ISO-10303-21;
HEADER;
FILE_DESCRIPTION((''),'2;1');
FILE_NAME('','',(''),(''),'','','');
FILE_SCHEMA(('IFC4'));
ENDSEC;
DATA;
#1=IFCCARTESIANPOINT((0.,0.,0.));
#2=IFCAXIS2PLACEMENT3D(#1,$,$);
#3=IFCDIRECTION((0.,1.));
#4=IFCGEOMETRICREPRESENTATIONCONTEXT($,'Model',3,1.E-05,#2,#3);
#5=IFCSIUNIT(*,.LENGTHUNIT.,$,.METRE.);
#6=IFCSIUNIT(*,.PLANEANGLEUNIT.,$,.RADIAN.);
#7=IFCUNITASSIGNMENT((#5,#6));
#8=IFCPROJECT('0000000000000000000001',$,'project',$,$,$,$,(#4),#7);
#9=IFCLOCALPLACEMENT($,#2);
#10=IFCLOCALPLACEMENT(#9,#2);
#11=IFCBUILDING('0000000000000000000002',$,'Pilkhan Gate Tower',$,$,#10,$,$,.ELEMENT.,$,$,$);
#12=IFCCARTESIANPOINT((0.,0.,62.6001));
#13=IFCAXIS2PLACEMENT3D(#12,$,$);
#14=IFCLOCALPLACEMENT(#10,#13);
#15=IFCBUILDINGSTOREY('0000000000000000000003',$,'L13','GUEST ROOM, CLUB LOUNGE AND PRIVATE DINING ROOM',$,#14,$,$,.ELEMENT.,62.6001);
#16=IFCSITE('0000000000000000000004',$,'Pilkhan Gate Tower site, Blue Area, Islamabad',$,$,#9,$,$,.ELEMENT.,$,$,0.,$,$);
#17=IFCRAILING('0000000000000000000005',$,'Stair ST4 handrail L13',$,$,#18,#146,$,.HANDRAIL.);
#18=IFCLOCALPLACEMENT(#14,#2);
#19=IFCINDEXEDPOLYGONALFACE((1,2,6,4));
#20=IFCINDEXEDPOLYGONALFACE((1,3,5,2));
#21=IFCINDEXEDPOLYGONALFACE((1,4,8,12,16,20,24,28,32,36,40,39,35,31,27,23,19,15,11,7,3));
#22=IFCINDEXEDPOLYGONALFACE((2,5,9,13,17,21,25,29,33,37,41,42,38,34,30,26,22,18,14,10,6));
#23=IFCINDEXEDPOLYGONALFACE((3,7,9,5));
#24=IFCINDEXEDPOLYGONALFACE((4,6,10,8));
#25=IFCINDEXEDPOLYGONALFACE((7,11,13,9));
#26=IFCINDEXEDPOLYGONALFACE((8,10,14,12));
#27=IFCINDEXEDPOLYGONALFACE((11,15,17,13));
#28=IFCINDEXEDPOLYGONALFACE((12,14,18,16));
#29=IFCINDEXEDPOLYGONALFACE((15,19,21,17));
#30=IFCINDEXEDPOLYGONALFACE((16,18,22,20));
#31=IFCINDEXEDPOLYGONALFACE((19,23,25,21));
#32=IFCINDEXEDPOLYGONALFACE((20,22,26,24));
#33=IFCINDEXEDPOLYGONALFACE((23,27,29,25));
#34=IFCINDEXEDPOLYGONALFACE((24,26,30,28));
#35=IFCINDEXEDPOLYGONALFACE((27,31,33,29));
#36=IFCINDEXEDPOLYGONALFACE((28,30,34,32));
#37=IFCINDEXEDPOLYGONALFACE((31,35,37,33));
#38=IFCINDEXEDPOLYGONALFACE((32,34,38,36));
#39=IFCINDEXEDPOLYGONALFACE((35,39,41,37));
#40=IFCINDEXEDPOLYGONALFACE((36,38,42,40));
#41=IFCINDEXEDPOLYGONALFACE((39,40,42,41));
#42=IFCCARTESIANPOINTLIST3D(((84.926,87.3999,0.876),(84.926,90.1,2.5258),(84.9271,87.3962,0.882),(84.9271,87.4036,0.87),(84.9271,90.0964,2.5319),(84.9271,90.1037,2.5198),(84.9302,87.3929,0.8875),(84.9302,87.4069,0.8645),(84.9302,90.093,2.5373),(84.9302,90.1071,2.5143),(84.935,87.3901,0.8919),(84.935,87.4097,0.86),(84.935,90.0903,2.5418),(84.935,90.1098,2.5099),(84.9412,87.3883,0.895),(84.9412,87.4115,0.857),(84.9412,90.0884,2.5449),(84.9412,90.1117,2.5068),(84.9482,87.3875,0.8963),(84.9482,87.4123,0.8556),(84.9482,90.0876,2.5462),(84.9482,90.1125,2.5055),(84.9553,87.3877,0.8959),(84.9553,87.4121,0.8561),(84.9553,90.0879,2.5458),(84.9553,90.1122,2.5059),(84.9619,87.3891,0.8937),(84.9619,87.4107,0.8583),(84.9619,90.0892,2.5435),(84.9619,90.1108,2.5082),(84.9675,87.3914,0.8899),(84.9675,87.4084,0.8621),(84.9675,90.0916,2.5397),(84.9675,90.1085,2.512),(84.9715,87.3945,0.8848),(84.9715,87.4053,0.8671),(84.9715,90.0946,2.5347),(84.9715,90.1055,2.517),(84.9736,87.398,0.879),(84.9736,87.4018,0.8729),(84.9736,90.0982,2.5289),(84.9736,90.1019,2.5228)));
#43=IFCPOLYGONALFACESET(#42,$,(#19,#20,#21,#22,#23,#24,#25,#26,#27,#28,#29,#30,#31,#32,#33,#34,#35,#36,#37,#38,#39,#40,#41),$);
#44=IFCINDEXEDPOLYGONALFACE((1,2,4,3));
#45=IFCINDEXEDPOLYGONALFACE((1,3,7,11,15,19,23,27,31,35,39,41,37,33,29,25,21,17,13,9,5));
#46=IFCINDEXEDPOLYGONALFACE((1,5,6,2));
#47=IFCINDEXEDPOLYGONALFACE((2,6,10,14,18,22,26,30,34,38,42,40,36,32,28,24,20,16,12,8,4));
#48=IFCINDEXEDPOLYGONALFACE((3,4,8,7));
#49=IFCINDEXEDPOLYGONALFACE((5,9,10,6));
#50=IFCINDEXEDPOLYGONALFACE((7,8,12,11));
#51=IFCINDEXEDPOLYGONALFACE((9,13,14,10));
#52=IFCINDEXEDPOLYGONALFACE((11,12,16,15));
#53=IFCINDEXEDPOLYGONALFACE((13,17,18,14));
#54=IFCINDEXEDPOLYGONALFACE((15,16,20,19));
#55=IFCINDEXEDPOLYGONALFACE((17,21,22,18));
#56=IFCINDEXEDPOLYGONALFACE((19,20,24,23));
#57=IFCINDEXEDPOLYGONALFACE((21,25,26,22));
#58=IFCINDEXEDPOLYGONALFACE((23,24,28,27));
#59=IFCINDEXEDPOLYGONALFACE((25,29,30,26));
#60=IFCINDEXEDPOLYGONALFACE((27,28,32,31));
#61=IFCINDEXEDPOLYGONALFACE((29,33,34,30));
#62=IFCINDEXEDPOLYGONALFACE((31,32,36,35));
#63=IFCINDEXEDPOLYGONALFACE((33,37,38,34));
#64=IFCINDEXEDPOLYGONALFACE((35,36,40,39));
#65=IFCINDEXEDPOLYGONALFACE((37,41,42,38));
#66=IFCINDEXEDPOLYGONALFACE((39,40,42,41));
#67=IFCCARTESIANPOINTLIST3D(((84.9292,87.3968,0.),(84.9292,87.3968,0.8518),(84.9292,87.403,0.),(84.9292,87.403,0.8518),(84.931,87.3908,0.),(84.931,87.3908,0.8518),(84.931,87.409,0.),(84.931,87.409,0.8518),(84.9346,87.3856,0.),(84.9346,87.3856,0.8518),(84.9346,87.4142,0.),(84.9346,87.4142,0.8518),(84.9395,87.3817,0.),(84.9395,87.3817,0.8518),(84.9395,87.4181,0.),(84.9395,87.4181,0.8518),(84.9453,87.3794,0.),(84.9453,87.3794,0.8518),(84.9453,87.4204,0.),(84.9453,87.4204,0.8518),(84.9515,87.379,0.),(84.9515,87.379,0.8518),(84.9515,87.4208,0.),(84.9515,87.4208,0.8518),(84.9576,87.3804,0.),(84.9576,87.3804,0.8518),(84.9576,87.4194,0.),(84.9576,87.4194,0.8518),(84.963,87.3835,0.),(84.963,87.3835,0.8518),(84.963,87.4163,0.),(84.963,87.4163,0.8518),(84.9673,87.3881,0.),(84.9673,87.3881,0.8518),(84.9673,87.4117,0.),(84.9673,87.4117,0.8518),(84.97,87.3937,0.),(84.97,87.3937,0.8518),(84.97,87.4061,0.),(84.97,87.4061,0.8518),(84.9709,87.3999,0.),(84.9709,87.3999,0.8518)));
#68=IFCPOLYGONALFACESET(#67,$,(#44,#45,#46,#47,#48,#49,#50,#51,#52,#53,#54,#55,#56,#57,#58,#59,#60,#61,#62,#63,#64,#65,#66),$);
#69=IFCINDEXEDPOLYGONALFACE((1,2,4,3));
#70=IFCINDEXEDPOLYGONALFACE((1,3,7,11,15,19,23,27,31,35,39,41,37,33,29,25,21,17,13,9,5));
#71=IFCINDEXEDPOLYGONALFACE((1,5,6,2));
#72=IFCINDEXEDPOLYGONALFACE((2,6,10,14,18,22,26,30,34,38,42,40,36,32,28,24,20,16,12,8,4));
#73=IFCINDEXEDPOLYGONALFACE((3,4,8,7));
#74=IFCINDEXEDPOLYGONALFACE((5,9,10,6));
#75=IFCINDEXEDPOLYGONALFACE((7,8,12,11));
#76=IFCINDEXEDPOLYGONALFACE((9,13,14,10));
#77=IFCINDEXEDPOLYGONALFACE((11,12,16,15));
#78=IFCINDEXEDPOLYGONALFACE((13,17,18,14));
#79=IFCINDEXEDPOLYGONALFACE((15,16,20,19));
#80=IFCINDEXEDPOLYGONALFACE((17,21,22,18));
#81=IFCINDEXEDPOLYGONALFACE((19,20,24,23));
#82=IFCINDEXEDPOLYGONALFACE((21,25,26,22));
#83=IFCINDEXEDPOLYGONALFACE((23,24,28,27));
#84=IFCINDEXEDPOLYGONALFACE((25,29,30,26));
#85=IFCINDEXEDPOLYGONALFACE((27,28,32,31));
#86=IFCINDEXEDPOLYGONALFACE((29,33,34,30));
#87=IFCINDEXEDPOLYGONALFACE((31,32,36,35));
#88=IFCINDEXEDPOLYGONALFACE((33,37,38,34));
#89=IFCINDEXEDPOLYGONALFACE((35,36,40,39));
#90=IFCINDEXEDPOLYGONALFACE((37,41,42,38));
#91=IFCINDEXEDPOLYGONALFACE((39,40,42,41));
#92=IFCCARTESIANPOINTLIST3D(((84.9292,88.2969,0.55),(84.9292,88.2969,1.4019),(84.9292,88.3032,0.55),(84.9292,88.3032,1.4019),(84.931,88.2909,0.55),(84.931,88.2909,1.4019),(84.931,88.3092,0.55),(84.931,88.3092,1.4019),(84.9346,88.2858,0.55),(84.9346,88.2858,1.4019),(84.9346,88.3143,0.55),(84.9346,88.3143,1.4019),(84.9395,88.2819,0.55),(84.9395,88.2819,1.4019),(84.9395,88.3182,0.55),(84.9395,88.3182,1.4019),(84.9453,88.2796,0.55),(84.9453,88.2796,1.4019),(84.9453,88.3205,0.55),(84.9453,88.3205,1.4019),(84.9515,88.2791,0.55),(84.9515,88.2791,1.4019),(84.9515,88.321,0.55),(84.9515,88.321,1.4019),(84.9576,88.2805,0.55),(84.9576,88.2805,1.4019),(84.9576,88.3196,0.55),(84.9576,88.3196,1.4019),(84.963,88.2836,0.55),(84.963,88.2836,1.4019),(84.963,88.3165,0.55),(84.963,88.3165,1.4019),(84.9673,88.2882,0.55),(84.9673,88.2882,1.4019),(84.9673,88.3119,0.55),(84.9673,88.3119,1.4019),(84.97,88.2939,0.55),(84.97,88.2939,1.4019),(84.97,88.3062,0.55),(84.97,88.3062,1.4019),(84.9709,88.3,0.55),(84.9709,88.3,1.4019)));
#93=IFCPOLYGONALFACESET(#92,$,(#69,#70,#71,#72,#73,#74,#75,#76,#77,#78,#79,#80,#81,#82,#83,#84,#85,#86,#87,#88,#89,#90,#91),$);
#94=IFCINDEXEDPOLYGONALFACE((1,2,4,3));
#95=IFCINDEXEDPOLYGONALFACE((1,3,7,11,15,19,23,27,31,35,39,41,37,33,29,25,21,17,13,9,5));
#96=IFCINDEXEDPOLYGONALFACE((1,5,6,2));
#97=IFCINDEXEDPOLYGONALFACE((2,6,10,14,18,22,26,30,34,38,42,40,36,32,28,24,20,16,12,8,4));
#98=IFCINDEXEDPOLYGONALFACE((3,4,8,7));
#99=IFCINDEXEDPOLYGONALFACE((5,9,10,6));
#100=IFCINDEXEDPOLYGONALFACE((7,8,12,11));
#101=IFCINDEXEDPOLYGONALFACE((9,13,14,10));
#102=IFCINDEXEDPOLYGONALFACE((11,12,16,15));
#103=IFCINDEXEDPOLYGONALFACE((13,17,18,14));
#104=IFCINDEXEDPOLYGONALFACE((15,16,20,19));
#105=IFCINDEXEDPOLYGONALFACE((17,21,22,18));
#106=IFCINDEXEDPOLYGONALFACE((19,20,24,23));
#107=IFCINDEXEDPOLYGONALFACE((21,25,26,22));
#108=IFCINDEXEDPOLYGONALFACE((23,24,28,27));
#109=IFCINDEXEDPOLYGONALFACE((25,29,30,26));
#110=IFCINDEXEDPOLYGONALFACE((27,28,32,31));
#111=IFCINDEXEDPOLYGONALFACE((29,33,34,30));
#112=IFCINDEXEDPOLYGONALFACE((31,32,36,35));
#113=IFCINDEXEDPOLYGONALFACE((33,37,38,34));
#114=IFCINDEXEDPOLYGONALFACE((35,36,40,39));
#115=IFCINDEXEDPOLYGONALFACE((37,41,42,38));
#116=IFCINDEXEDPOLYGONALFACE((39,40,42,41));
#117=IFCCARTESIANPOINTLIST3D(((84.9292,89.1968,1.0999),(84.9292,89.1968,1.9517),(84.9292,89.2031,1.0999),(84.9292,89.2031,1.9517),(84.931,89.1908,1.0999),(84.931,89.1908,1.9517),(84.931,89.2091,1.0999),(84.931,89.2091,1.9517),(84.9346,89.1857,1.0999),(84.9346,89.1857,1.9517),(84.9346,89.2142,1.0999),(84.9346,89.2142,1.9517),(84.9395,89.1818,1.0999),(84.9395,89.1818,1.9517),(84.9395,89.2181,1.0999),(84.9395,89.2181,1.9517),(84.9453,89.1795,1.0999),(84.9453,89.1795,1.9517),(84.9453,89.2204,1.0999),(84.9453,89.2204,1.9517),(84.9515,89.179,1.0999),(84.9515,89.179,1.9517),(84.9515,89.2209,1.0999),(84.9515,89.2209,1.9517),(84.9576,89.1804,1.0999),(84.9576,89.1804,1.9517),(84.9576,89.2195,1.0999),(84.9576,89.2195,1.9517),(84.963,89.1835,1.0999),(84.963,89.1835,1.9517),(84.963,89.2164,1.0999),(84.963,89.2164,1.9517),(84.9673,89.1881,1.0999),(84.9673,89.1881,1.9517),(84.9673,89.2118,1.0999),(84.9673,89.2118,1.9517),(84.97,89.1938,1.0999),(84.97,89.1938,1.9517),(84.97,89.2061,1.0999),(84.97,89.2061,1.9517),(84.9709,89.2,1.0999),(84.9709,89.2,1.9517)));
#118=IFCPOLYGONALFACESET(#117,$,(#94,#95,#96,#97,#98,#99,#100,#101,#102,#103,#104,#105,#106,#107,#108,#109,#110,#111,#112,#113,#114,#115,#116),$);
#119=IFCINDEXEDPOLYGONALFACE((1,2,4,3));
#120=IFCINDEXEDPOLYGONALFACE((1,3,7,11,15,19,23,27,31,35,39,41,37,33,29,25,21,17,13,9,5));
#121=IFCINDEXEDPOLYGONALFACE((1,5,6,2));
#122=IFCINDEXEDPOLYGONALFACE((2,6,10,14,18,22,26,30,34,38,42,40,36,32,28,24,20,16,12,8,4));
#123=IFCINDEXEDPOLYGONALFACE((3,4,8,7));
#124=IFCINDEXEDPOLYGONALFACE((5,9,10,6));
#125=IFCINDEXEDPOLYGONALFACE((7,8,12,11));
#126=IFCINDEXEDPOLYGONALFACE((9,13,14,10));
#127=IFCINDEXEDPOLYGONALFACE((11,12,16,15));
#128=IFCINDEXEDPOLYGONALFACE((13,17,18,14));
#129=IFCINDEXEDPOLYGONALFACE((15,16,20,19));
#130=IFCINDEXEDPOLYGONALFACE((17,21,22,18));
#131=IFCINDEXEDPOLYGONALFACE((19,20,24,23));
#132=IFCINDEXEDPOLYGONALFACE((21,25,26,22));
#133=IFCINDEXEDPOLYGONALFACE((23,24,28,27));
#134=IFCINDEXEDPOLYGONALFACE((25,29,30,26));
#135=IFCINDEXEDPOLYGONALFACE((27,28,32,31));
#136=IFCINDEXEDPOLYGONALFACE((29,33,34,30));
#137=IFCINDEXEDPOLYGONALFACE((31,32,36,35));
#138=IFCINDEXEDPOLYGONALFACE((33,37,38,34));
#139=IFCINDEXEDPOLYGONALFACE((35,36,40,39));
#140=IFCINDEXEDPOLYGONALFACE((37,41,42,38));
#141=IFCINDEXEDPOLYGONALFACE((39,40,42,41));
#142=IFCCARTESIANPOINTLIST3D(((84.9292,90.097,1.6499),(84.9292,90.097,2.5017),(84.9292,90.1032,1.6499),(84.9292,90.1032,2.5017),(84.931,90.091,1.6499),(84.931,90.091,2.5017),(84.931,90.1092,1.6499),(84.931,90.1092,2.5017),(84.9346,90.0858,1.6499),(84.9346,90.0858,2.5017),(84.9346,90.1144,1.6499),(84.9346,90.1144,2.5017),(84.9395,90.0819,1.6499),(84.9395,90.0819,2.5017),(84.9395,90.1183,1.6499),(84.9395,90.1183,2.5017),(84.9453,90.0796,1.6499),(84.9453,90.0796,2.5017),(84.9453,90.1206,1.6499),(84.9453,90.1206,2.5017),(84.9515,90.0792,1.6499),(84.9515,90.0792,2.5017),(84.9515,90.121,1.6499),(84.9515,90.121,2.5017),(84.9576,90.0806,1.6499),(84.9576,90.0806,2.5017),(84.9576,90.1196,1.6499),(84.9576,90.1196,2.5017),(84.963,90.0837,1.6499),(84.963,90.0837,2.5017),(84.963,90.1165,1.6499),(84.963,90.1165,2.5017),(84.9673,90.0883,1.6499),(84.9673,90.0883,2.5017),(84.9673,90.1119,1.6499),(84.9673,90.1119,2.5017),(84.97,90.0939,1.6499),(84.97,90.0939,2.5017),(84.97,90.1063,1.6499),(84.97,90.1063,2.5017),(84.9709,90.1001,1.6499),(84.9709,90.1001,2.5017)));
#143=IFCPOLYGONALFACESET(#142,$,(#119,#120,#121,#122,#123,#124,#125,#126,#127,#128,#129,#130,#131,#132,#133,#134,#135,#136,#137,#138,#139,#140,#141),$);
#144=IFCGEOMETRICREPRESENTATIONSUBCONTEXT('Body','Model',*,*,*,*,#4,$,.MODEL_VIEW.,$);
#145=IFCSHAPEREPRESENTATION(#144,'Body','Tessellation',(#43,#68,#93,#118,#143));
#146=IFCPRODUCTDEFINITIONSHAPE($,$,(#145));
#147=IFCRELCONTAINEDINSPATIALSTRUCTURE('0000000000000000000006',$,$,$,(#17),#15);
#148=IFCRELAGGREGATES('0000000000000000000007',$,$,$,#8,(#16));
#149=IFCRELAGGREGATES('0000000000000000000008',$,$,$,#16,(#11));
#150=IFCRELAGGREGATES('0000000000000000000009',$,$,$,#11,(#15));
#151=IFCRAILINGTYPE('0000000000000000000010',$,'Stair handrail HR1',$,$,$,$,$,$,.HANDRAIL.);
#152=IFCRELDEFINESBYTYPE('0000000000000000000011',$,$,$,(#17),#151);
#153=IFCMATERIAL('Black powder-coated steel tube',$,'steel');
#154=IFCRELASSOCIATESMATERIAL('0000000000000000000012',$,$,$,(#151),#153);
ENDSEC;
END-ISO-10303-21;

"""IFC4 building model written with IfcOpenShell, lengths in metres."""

from ifc_helpers import new_model, si_unit, direction, frame, origin, origin_2d, place, context, subcontext, project, spatial, circle, extrude, material, type_object, element, save


model = new_model("IFC4")

# Units and contexts
model_context = context("Model", 3, precision=1e-05, world=origin(), true_north=direction((0.0, 1.0)))
body_context = subcontext(model_context, "Body", "Model", "MODEL_VIEW")
ifc_project = project(units=[si_unit("LENGTHUNIT", "METRE"), si_unit("PLANEANGLEUNIT", "RADIAN")], contexts=[model_context])

# Site, building, storey
site_placement = place(None, origin())
site = spatial("IfcSite", under=ifc_project, at=site_placement, Name="Pilkhan Gate Tower site, Blue Area, Islamabad", CompositionType="ELEMENT", RefElevation=0.0)
building_placement = place(site_placement, origin())
building = spatial("IfcBuilding", under=site, at=building_placement, Name="Pilkhan Gate Tower", CompositionType="ELEMENT")
storey_placement = place(building_placement, frame((0.0, 0.0, 62.6001)))
storey = spatial("IfcBuildingStorey", under=building, at=storey_placement, Name="L13", Description="GUEST ROOM, CLUB LOUNGE AND PRIVATE DINING ROOM", CompositionType="ELEMENT", Elevation=62.6001)

# Railing
ifc_material_1 = material(Name="Black powder-coated steel tube", Category="steel")
railing_type_1 = type_object("IfcRailingType", Name="Stair handrail HR1", PredefinedType="HANDRAIL", material=ifc_material_1)
railing_1_placement = place(storey_placement, frame((84.95, 87.3999, 0.0)))
element("IfcRailing", 1, at=railing_1_placement, inside=storey, type_object=railing_type_1, Name="Stair ST4 handrail L13", PredefinedType="HANDRAIL", context=body_context, shape_type="SweptSolid", body=[
    extrude(circle(Radius=0.0239, at=origin_2d()), frame((0.0, 0.0, 0.876), z_axis=(0.0, 0.853312, 0.5214), x_axis=(-1.0, 0.0, 0.0)), (0.0, 0.0, 1.0), 3.1643),
    extrude(circle(Radius=0.021, at=origin_2d()), origin(), (0.0, 0.0, 1.0), 0.8518),
    extrude(circle(Radius=0.021, at=origin_2d()), frame((0.0, 0.9001, 0.55)), (0.0, 0.0, 1.0), 0.8518),
    extrude(circle(Radius=0.021, at=origin_2d()), frame((0.0, 1.8, 1.0999)), (0.0, 0.0, 1.0), 0.8518),
    extrude(circle(Radius=0.021, at=origin_2d()), frame((0.0, 2.7002, 1.6499)), (0.0, 0.0, 1.0), 0.8518),
])

save(model, "model.ifc")
